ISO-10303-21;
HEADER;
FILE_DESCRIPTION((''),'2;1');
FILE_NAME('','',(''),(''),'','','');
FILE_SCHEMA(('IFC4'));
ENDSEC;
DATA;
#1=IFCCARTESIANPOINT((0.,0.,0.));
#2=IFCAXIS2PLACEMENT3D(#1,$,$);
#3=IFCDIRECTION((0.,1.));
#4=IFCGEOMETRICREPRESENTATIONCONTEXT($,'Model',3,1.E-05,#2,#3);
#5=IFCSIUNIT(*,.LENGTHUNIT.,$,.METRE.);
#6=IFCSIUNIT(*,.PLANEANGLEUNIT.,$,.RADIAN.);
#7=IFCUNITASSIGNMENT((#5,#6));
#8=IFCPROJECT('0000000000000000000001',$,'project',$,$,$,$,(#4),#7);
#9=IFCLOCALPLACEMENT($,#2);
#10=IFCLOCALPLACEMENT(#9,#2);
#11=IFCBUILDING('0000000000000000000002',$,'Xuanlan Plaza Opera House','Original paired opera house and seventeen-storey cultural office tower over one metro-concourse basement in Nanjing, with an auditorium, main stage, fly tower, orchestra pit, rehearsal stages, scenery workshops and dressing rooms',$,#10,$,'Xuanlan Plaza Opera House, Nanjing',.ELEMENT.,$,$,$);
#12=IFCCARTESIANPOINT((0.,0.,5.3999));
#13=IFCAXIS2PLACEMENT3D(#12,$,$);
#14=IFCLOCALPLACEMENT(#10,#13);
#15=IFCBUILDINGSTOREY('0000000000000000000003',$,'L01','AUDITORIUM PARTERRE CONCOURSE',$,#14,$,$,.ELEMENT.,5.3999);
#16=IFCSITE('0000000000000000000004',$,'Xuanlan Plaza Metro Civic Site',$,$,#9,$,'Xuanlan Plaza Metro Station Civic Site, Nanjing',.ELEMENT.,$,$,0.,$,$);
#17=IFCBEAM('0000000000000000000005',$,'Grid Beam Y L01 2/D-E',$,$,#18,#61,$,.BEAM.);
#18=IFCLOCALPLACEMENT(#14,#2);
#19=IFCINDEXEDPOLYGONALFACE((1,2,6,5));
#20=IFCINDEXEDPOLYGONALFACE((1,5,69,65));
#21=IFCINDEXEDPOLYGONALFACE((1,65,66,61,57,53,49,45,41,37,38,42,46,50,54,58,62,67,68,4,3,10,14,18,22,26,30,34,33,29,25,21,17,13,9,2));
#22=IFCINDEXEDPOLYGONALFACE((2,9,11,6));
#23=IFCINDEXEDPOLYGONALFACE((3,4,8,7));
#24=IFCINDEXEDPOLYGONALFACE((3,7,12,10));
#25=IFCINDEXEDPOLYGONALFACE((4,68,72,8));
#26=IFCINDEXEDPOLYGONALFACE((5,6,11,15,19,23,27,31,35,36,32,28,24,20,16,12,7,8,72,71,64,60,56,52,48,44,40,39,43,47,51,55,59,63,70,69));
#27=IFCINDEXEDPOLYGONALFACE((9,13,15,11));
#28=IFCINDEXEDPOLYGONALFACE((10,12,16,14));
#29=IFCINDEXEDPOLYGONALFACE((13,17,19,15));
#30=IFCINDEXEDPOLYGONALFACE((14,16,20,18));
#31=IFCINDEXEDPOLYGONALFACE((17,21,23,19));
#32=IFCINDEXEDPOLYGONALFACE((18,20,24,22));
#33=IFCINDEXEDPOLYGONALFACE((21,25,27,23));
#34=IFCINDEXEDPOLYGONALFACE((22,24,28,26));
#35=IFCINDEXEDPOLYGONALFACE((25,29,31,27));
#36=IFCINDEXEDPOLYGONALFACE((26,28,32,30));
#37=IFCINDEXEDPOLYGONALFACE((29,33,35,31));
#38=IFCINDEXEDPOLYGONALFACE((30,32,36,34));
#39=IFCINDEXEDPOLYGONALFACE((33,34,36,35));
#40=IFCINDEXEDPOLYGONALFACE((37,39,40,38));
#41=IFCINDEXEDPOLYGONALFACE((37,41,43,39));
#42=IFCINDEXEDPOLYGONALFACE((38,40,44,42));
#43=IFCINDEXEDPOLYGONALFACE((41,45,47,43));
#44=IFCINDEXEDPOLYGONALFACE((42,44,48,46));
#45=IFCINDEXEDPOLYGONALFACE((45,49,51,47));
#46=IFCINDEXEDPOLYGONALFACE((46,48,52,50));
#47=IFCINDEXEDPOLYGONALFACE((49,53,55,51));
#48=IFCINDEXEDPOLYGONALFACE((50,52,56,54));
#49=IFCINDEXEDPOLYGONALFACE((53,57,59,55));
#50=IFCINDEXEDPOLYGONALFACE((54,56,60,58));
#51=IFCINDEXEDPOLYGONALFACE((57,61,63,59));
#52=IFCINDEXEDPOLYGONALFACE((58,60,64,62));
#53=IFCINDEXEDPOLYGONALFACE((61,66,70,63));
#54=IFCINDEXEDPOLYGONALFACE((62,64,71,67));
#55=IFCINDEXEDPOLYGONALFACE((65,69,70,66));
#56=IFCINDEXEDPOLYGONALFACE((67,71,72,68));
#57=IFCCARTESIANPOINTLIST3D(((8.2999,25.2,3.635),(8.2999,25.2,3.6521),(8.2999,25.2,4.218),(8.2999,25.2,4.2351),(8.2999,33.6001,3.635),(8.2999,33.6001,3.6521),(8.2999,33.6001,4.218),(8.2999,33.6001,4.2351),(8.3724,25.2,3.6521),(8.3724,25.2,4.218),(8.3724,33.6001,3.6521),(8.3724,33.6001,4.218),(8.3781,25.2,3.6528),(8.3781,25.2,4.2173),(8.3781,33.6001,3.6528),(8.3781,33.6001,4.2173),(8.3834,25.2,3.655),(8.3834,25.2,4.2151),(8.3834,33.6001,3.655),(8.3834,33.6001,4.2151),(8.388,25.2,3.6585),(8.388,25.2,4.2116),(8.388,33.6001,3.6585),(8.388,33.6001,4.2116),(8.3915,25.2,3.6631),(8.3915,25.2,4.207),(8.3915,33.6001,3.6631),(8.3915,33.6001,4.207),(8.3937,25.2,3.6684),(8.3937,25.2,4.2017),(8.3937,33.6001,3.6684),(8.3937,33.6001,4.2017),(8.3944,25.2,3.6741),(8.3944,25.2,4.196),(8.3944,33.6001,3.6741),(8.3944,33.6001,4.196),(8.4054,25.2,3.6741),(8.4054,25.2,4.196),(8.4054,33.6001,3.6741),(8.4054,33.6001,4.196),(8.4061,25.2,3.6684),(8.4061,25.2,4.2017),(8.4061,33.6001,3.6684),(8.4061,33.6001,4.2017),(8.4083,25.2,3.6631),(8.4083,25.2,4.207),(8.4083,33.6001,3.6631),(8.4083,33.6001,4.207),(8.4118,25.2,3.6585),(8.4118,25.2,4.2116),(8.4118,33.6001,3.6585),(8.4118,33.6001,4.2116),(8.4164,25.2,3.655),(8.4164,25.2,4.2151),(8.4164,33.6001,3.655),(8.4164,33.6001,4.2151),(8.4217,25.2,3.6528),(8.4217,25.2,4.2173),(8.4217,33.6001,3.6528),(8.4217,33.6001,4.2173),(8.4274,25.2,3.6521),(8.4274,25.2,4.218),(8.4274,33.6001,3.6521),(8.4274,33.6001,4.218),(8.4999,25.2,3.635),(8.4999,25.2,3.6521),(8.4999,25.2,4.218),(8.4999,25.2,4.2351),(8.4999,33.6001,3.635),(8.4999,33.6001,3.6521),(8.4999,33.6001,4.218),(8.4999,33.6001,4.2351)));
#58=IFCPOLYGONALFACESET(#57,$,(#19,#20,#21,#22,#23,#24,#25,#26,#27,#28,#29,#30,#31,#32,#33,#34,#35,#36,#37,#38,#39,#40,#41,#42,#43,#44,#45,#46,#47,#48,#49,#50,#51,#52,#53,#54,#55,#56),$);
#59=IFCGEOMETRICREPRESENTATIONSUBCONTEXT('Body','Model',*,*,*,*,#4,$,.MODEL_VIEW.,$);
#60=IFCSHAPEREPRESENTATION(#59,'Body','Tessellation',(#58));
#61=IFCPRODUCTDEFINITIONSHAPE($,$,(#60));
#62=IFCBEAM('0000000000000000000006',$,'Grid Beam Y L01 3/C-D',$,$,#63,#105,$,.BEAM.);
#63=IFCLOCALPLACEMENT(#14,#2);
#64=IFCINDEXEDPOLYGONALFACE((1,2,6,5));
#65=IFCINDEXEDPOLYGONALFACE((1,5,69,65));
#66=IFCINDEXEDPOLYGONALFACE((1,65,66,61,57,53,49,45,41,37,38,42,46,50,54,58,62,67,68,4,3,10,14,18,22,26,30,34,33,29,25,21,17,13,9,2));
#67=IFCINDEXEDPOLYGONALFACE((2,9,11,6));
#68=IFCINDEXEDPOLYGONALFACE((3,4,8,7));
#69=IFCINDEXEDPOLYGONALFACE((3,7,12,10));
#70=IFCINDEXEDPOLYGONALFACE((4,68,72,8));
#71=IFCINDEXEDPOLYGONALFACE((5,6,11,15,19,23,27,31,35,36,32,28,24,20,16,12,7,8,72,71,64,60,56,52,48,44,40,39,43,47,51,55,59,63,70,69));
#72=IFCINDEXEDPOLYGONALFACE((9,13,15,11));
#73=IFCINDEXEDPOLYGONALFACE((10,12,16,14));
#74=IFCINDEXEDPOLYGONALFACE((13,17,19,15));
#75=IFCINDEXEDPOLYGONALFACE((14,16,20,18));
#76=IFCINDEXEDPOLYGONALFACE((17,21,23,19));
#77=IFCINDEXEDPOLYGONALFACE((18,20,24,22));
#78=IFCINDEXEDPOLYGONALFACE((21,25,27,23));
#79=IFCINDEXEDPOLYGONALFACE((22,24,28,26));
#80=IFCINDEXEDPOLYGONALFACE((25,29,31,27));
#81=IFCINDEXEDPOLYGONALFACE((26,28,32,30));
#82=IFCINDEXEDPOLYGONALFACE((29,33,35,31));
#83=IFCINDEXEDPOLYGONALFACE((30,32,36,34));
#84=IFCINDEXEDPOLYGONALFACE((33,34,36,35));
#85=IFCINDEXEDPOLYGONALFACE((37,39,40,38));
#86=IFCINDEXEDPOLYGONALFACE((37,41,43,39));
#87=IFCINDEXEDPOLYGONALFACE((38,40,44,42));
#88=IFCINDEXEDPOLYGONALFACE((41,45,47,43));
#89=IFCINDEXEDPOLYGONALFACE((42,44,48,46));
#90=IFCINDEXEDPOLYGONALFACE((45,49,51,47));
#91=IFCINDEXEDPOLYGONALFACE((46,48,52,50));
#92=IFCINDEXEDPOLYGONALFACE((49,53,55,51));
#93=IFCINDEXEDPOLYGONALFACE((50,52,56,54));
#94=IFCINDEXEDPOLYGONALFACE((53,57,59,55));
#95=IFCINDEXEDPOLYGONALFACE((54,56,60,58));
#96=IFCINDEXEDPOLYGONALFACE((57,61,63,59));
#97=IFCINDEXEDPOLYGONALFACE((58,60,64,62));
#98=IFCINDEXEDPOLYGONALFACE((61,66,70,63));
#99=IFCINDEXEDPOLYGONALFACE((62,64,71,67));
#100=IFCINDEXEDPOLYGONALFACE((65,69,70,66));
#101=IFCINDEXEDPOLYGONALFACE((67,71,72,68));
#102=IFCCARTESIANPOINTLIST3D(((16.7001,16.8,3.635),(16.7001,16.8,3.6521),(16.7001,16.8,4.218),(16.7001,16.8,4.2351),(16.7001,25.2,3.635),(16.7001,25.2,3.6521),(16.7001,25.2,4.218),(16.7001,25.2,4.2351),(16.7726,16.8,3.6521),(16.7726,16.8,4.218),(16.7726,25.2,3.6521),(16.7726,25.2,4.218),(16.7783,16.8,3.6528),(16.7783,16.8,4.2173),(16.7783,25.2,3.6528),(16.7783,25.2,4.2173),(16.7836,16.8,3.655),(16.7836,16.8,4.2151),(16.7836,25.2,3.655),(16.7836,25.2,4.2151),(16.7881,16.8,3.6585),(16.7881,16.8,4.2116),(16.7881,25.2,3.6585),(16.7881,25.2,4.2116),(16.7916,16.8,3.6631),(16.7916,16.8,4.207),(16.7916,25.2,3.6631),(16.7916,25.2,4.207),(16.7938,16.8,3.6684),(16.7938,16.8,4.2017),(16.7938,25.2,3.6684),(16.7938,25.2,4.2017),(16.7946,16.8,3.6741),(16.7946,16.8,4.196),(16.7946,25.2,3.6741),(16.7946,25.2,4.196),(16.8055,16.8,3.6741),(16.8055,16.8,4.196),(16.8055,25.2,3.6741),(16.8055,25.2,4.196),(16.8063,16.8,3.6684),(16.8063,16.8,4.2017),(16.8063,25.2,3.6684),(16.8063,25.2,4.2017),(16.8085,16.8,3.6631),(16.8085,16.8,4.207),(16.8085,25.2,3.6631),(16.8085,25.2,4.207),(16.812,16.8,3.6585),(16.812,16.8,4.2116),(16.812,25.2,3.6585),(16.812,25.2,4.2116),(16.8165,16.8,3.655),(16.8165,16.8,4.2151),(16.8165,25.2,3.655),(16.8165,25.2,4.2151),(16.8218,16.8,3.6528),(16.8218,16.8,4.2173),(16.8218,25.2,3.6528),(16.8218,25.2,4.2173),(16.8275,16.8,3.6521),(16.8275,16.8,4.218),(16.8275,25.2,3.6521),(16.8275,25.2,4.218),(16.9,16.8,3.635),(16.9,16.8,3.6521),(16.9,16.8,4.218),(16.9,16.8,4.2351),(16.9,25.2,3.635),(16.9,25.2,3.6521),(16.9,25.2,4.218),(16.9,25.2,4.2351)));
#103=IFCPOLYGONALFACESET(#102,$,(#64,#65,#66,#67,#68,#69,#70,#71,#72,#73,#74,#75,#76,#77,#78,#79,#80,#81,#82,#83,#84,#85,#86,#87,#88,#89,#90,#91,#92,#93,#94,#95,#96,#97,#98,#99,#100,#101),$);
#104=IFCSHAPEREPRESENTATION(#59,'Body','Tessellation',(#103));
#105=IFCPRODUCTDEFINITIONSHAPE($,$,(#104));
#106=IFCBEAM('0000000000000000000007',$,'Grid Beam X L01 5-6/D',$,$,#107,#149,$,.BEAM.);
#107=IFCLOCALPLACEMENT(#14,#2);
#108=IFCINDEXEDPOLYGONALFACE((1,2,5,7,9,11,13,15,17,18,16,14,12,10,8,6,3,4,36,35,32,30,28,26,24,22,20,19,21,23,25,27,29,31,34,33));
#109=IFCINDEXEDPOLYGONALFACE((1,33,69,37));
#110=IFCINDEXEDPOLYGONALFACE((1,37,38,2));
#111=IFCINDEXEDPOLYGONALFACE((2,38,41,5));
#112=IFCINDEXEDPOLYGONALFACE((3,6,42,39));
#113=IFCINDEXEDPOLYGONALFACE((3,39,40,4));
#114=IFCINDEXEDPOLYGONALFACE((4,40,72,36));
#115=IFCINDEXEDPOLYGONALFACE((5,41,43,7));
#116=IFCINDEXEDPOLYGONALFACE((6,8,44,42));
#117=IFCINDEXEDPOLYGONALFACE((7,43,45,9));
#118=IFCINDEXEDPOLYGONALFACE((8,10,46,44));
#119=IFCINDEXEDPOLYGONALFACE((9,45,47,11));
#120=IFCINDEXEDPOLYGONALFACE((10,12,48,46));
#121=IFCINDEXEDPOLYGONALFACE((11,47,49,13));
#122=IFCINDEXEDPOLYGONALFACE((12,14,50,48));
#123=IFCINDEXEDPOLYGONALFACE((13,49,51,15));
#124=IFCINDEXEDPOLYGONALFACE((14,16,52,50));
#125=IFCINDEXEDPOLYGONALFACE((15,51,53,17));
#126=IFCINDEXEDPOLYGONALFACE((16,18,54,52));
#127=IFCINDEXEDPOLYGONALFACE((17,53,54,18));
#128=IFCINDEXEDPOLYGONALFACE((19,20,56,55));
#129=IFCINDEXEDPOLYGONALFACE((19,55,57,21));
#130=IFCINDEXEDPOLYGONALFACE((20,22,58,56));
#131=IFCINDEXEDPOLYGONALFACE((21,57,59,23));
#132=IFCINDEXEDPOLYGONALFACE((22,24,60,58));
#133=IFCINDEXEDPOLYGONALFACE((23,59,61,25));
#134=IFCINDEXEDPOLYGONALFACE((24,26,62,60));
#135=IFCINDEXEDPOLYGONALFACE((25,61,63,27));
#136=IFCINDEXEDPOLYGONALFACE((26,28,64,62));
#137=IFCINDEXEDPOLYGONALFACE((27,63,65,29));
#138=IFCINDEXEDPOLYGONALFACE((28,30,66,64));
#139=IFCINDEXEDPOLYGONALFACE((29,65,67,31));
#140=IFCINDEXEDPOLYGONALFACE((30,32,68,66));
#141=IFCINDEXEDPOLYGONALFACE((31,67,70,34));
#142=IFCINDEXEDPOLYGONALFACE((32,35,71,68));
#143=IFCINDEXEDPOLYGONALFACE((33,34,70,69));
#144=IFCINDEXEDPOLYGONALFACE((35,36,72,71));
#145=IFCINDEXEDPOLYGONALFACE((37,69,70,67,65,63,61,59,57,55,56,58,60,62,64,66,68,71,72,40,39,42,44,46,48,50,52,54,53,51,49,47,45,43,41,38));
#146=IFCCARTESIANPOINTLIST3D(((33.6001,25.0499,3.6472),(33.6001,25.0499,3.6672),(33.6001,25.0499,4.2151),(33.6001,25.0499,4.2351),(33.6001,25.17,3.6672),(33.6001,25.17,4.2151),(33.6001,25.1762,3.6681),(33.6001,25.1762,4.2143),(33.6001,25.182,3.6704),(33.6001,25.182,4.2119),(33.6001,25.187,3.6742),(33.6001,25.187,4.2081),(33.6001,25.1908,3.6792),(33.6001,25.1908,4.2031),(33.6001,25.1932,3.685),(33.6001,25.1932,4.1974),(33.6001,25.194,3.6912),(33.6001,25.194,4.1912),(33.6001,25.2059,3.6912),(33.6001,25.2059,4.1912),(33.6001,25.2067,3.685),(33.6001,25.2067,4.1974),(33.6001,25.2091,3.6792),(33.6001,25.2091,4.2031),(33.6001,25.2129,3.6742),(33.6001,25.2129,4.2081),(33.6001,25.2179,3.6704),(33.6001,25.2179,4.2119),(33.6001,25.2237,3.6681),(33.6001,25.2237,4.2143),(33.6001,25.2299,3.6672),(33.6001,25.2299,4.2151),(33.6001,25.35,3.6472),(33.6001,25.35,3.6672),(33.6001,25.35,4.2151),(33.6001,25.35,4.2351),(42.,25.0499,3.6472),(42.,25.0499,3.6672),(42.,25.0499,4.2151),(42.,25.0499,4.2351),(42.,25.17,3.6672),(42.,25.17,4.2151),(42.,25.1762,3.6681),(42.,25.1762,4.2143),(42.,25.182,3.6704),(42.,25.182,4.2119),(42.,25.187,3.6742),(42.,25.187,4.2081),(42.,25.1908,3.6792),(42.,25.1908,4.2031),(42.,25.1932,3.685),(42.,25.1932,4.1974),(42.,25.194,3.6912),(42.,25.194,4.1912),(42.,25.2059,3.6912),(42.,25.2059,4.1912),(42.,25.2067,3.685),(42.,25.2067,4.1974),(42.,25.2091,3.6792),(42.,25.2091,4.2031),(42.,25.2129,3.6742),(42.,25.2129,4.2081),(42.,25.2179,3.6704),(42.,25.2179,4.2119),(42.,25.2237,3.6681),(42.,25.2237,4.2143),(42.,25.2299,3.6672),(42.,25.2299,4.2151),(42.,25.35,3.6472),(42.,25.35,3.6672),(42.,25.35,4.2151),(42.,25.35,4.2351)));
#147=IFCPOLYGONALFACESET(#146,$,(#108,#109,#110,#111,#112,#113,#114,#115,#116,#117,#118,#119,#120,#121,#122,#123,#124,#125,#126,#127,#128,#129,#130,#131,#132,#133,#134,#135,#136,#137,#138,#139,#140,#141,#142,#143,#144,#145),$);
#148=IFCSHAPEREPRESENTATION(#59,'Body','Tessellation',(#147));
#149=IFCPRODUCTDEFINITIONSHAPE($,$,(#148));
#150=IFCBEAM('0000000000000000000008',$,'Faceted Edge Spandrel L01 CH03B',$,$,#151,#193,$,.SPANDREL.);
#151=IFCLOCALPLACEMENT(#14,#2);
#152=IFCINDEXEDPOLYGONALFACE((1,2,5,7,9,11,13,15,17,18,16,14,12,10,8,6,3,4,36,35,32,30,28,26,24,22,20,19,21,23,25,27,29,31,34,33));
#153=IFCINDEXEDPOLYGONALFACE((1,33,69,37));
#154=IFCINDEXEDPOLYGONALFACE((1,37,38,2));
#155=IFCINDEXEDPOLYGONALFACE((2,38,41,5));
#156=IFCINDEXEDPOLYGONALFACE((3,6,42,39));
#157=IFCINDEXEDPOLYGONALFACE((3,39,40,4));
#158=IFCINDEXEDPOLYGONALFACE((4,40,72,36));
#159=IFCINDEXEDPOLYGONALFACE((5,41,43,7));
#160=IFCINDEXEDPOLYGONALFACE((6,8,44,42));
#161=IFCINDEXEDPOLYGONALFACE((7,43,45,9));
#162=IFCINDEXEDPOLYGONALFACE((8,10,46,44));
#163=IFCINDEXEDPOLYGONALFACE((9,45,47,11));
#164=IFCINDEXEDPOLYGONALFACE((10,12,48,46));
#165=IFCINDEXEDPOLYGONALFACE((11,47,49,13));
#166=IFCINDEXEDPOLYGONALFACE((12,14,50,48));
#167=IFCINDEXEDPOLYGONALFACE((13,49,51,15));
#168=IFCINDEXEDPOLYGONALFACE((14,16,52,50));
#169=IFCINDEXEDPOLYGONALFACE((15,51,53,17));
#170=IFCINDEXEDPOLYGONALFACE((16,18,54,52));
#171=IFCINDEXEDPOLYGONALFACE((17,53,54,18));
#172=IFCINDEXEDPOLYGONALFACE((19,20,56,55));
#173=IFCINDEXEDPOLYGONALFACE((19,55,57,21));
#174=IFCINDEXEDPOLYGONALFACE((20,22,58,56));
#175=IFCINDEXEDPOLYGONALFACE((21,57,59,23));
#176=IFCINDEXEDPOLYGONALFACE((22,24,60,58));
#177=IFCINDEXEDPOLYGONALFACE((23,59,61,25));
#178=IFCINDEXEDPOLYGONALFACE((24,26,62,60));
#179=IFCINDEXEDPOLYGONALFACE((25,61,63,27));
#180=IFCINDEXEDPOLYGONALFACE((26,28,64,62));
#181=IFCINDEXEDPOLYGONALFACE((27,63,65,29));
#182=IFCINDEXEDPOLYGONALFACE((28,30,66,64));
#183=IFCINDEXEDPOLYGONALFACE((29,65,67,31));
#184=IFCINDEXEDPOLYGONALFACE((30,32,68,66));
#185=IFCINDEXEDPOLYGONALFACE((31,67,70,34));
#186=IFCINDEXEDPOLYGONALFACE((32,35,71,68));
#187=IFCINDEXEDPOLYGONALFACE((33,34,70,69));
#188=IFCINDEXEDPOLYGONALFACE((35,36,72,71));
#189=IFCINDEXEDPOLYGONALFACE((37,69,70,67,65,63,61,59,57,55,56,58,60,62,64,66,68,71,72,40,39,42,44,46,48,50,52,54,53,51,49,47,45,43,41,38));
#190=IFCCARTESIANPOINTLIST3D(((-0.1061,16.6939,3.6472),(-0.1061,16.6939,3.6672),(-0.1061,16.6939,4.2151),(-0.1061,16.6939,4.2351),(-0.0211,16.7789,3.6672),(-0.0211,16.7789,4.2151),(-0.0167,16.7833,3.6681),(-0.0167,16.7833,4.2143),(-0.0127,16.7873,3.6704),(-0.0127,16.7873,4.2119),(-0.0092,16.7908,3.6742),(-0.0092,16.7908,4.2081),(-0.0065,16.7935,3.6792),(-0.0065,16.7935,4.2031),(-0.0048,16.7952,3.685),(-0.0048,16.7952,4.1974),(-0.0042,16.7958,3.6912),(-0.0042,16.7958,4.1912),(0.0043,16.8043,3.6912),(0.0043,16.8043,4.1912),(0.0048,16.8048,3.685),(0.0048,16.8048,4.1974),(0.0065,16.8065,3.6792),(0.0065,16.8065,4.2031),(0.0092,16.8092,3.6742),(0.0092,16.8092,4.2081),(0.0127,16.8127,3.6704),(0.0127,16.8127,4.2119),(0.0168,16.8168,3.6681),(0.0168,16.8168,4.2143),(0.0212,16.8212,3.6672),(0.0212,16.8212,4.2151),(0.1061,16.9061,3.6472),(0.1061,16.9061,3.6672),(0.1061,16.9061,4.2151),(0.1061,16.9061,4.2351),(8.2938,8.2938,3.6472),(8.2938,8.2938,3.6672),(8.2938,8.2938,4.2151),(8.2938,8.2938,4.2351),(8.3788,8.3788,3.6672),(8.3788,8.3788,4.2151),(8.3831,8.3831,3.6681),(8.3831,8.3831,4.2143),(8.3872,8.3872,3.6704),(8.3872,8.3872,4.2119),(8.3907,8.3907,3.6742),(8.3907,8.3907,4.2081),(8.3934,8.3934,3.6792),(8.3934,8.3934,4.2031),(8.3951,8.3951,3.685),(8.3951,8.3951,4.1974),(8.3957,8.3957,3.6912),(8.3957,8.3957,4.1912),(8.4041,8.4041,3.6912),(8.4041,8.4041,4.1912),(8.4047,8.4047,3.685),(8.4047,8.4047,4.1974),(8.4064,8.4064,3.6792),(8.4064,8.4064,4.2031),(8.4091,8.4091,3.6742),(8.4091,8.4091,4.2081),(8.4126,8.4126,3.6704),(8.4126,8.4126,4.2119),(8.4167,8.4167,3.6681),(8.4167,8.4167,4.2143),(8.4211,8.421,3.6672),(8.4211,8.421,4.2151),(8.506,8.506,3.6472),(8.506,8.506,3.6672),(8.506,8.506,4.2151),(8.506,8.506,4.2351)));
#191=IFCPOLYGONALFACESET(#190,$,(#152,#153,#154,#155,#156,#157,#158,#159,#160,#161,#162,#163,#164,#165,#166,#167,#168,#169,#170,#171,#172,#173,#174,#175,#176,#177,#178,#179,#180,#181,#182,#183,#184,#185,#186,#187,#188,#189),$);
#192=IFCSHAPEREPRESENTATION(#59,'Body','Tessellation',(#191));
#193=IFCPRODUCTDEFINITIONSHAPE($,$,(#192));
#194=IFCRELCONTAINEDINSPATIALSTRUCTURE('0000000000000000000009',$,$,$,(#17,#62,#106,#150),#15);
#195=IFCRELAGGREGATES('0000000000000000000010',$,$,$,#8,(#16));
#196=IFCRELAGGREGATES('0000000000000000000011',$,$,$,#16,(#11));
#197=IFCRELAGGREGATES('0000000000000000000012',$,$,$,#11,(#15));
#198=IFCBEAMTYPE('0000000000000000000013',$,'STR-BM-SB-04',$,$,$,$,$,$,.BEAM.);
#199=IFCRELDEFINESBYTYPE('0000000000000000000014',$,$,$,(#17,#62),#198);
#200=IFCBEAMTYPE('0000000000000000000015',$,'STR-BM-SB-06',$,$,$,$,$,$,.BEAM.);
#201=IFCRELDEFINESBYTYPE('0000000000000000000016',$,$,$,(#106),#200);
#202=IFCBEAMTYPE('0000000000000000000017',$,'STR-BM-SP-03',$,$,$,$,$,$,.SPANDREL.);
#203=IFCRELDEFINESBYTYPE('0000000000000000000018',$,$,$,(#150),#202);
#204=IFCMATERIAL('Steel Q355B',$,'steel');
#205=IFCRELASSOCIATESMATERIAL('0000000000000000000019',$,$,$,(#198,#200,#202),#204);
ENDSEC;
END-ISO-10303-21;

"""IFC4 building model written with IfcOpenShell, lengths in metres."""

from ifc_helpers import new_model, si_unit, direction, frame, origin, origin_2d, place, context, subcontext, project, spatial, i_section, extrude, material, material_profile, profile_set, type_object, element, save


model = new_model("IFC4")

# Units and contexts
model_context = context("Model", 3, precision=1e-05, world=origin(), true_north=direction((0.0, 1.0)))
body_context = subcontext(model_context, "Body", "Model", "MODEL_VIEW")
ifc_project = project(units=[si_unit("LENGTHUNIT", "METRE"), si_unit("PLANEANGLEUNIT", "RADIAN")], contexts=[model_context])

# Site, building, storey
site_placement = place(None, origin())
site = spatial("IfcSite", under=ifc_project, at=site_placement, Name="Xuanlan Plaza Metro Civic Site", LongName="Xuanlan Plaza Metro Station Civic Site, Nanjing", CompositionType="ELEMENT", RefElevation=0.0)
building_placement = place(site_placement, origin())
building = spatial("IfcBuilding", under=site, at=building_placement, Name="Xuanlan Plaza Opera House", Description="Original paired opera house and seventeen-storey cultural office tower over one metro-concourse basement in Nanjing, with an auditorium, main stage, fly tower, orchestra pit, rehearsal stages, scenery workshops and dressing rooms", LongName="Xuanlan Plaza Opera House, Nanjing", CompositionType="ELEMENT")
storey_placement = place(building_placement, frame((0.0, 0.0, 5.3999)))
storey = spatial("IfcBuildingStorey", under=building, at=storey_placement, Name="L01", Description="AUDITORIUM PARTERRE CONCOURSE", CompositionType="ELEMENT", Elevation=5.3999)

# Beams
ifc_material_1 = material(Name="Steel Q355B", Category="steel")
ifc_material_profile_1 = material_profile(ifc_material_1, i_section(OverallWidth=0.2, OverallDepth=0.6001, WebThickness=0.011, FlangeThickness=0.0171, FilletRadius=0.022, at=origin_2d()), Name="HN 600x200x11x17")
ifc_profile_set_1 = profile_set([ifc_material_profile_1], Name="Steel Q355B")
beam_type_1 = type_object("IfcBeamType", Name="STR-BM-SB-04", PredefinedType="BEAM", material=ifc_profile_set_1)
beam_1_placement = place(storey_placement, frame((8.3999, 25.2, 3.9351), z_axis=(0.0, 1.0, 0.0), x_axis=(-1.0, 0.0, 0.0)))
element("IfcBeam", 1, at=beam_1_placement, inside=storey, type_object=beam_type_1, Name="Grid Beam Y L01 2/D-E", PredefinedType="BEAM", context=body_context, shape_type="SweptSolid", body=[
    extrude(i_section(OverallWidth=0.2, OverallDepth=0.6001, WebThickness=0.011, FlangeThickness=0.0171, FilletRadius=0.022, at=origin_2d()), origin(), (0.0, 0.0, 1.0), 8.4001),
])
beam_2_placement = place(storey_placement, frame((16.8, 16.8, 3.9351), z_axis=(0.0, 1.0, 0.0), x_axis=(-1.0, 0.0, 0.0)))
element("IfcBeam", 2, at=beam_2_placement, inside=storey, type_object=beam_type_1, Name="Grid Beam Y L01 3/C-D", PredefinedType="BEAM", context=body_context, shape_type="SweptSolid", body=[
    extrude(i_section(OverallWidth=0.2, OverallDepth=0.6001, WebThickness=0.011, FlangeThickness=0.0171, FilletRadius=0.022, at=origin_2d()), origin(), (0.0, 0.0, 1.0), 8.3999),
])
ifc_material_profile_2 = material_profile(ifc_material_1, i_section(OverallWidth=0.3, OverallDepth=0.5879, WebThickness=0.012, FlangeThickness=0.02, FilletRadius=0.0239, at=origin_2d()), Name="HM 588x300x12x20")
ifc_profile_set_2 = profile_set([ifc_material_profile_2], Name="Steel Q355B")
beam_type_2 = type_object("IfcBeamType", Name="STR-BM-SB-06", PredefinedType="BEAM", material=ifc_profile_set_2)
beam_3_placement = place(storey_placement, frame((33.6001, 25.2, 3.9412), z_axis=(1.0, 0.0, 0.0), x_axis=(0.0, 1.0, 0.0)))
element("IfcBeam", 3, at=beam_3_placement, inside=storey, type_object=beam_type_2, Name="Grid Beam X L01 5-6/D", PredefinedType="BEAM", context=body_context, shape_type="SweptSolid", body=[
    extrude(i_section(OverallWidth=0.3, OverallDepth=0.5879, WebThickness=0.012, FlangeThickness=0.02, FilletRadius=0.0239, at=origin_2d()), origin(), (0.0, 0.0, 1.0), 8.3999),
])
ifc_material_profile_3 = material_profile(ifc_material_1, i_section(OverallWidth=0.3, OverallDepth=0.5879, WebThickness=0.012, FlangeThickness=0.02, FilletRadius=0.0239, at=origin_2d()), Name="HM 588x300x12x20")
ifc_profile_set_3 = profile_set([ifc_material_profile_3], Name="Steel Q355B")
beam_type_3 = type_object("IfcBeamType", Name="STR-BM-SP-03", PredefinedType="SPANDREL", material=ifc_profile_set_3)
beam_4_placement = place(storey_placement, frame((8.3999, 8.3999, 3.9412), z_axis=(-0.707097, 0.707117, 0.0), x_axis=(-0.707117, -0.707097, 0.0)))
element("IfcBeam", 4, at=beam_4_placement, inside=storey, type_object=beam_type_3, Name="Faceted Edge Spandrel L01 CH03B", PredefinedType="SPANDREL", context=body_context, shape_type="SweptSolid", body=[
    extrude(i_section(OverallWidth=0.3, OverallDepth=0.5879, WebThickness=0.012, FlangeThickness=0.02, FilletRadius=0.0239, at=origin_2d()), origin(), (0.0, 0.0, 1.0), 11.8794),
])

save(model, "model.ifc")
